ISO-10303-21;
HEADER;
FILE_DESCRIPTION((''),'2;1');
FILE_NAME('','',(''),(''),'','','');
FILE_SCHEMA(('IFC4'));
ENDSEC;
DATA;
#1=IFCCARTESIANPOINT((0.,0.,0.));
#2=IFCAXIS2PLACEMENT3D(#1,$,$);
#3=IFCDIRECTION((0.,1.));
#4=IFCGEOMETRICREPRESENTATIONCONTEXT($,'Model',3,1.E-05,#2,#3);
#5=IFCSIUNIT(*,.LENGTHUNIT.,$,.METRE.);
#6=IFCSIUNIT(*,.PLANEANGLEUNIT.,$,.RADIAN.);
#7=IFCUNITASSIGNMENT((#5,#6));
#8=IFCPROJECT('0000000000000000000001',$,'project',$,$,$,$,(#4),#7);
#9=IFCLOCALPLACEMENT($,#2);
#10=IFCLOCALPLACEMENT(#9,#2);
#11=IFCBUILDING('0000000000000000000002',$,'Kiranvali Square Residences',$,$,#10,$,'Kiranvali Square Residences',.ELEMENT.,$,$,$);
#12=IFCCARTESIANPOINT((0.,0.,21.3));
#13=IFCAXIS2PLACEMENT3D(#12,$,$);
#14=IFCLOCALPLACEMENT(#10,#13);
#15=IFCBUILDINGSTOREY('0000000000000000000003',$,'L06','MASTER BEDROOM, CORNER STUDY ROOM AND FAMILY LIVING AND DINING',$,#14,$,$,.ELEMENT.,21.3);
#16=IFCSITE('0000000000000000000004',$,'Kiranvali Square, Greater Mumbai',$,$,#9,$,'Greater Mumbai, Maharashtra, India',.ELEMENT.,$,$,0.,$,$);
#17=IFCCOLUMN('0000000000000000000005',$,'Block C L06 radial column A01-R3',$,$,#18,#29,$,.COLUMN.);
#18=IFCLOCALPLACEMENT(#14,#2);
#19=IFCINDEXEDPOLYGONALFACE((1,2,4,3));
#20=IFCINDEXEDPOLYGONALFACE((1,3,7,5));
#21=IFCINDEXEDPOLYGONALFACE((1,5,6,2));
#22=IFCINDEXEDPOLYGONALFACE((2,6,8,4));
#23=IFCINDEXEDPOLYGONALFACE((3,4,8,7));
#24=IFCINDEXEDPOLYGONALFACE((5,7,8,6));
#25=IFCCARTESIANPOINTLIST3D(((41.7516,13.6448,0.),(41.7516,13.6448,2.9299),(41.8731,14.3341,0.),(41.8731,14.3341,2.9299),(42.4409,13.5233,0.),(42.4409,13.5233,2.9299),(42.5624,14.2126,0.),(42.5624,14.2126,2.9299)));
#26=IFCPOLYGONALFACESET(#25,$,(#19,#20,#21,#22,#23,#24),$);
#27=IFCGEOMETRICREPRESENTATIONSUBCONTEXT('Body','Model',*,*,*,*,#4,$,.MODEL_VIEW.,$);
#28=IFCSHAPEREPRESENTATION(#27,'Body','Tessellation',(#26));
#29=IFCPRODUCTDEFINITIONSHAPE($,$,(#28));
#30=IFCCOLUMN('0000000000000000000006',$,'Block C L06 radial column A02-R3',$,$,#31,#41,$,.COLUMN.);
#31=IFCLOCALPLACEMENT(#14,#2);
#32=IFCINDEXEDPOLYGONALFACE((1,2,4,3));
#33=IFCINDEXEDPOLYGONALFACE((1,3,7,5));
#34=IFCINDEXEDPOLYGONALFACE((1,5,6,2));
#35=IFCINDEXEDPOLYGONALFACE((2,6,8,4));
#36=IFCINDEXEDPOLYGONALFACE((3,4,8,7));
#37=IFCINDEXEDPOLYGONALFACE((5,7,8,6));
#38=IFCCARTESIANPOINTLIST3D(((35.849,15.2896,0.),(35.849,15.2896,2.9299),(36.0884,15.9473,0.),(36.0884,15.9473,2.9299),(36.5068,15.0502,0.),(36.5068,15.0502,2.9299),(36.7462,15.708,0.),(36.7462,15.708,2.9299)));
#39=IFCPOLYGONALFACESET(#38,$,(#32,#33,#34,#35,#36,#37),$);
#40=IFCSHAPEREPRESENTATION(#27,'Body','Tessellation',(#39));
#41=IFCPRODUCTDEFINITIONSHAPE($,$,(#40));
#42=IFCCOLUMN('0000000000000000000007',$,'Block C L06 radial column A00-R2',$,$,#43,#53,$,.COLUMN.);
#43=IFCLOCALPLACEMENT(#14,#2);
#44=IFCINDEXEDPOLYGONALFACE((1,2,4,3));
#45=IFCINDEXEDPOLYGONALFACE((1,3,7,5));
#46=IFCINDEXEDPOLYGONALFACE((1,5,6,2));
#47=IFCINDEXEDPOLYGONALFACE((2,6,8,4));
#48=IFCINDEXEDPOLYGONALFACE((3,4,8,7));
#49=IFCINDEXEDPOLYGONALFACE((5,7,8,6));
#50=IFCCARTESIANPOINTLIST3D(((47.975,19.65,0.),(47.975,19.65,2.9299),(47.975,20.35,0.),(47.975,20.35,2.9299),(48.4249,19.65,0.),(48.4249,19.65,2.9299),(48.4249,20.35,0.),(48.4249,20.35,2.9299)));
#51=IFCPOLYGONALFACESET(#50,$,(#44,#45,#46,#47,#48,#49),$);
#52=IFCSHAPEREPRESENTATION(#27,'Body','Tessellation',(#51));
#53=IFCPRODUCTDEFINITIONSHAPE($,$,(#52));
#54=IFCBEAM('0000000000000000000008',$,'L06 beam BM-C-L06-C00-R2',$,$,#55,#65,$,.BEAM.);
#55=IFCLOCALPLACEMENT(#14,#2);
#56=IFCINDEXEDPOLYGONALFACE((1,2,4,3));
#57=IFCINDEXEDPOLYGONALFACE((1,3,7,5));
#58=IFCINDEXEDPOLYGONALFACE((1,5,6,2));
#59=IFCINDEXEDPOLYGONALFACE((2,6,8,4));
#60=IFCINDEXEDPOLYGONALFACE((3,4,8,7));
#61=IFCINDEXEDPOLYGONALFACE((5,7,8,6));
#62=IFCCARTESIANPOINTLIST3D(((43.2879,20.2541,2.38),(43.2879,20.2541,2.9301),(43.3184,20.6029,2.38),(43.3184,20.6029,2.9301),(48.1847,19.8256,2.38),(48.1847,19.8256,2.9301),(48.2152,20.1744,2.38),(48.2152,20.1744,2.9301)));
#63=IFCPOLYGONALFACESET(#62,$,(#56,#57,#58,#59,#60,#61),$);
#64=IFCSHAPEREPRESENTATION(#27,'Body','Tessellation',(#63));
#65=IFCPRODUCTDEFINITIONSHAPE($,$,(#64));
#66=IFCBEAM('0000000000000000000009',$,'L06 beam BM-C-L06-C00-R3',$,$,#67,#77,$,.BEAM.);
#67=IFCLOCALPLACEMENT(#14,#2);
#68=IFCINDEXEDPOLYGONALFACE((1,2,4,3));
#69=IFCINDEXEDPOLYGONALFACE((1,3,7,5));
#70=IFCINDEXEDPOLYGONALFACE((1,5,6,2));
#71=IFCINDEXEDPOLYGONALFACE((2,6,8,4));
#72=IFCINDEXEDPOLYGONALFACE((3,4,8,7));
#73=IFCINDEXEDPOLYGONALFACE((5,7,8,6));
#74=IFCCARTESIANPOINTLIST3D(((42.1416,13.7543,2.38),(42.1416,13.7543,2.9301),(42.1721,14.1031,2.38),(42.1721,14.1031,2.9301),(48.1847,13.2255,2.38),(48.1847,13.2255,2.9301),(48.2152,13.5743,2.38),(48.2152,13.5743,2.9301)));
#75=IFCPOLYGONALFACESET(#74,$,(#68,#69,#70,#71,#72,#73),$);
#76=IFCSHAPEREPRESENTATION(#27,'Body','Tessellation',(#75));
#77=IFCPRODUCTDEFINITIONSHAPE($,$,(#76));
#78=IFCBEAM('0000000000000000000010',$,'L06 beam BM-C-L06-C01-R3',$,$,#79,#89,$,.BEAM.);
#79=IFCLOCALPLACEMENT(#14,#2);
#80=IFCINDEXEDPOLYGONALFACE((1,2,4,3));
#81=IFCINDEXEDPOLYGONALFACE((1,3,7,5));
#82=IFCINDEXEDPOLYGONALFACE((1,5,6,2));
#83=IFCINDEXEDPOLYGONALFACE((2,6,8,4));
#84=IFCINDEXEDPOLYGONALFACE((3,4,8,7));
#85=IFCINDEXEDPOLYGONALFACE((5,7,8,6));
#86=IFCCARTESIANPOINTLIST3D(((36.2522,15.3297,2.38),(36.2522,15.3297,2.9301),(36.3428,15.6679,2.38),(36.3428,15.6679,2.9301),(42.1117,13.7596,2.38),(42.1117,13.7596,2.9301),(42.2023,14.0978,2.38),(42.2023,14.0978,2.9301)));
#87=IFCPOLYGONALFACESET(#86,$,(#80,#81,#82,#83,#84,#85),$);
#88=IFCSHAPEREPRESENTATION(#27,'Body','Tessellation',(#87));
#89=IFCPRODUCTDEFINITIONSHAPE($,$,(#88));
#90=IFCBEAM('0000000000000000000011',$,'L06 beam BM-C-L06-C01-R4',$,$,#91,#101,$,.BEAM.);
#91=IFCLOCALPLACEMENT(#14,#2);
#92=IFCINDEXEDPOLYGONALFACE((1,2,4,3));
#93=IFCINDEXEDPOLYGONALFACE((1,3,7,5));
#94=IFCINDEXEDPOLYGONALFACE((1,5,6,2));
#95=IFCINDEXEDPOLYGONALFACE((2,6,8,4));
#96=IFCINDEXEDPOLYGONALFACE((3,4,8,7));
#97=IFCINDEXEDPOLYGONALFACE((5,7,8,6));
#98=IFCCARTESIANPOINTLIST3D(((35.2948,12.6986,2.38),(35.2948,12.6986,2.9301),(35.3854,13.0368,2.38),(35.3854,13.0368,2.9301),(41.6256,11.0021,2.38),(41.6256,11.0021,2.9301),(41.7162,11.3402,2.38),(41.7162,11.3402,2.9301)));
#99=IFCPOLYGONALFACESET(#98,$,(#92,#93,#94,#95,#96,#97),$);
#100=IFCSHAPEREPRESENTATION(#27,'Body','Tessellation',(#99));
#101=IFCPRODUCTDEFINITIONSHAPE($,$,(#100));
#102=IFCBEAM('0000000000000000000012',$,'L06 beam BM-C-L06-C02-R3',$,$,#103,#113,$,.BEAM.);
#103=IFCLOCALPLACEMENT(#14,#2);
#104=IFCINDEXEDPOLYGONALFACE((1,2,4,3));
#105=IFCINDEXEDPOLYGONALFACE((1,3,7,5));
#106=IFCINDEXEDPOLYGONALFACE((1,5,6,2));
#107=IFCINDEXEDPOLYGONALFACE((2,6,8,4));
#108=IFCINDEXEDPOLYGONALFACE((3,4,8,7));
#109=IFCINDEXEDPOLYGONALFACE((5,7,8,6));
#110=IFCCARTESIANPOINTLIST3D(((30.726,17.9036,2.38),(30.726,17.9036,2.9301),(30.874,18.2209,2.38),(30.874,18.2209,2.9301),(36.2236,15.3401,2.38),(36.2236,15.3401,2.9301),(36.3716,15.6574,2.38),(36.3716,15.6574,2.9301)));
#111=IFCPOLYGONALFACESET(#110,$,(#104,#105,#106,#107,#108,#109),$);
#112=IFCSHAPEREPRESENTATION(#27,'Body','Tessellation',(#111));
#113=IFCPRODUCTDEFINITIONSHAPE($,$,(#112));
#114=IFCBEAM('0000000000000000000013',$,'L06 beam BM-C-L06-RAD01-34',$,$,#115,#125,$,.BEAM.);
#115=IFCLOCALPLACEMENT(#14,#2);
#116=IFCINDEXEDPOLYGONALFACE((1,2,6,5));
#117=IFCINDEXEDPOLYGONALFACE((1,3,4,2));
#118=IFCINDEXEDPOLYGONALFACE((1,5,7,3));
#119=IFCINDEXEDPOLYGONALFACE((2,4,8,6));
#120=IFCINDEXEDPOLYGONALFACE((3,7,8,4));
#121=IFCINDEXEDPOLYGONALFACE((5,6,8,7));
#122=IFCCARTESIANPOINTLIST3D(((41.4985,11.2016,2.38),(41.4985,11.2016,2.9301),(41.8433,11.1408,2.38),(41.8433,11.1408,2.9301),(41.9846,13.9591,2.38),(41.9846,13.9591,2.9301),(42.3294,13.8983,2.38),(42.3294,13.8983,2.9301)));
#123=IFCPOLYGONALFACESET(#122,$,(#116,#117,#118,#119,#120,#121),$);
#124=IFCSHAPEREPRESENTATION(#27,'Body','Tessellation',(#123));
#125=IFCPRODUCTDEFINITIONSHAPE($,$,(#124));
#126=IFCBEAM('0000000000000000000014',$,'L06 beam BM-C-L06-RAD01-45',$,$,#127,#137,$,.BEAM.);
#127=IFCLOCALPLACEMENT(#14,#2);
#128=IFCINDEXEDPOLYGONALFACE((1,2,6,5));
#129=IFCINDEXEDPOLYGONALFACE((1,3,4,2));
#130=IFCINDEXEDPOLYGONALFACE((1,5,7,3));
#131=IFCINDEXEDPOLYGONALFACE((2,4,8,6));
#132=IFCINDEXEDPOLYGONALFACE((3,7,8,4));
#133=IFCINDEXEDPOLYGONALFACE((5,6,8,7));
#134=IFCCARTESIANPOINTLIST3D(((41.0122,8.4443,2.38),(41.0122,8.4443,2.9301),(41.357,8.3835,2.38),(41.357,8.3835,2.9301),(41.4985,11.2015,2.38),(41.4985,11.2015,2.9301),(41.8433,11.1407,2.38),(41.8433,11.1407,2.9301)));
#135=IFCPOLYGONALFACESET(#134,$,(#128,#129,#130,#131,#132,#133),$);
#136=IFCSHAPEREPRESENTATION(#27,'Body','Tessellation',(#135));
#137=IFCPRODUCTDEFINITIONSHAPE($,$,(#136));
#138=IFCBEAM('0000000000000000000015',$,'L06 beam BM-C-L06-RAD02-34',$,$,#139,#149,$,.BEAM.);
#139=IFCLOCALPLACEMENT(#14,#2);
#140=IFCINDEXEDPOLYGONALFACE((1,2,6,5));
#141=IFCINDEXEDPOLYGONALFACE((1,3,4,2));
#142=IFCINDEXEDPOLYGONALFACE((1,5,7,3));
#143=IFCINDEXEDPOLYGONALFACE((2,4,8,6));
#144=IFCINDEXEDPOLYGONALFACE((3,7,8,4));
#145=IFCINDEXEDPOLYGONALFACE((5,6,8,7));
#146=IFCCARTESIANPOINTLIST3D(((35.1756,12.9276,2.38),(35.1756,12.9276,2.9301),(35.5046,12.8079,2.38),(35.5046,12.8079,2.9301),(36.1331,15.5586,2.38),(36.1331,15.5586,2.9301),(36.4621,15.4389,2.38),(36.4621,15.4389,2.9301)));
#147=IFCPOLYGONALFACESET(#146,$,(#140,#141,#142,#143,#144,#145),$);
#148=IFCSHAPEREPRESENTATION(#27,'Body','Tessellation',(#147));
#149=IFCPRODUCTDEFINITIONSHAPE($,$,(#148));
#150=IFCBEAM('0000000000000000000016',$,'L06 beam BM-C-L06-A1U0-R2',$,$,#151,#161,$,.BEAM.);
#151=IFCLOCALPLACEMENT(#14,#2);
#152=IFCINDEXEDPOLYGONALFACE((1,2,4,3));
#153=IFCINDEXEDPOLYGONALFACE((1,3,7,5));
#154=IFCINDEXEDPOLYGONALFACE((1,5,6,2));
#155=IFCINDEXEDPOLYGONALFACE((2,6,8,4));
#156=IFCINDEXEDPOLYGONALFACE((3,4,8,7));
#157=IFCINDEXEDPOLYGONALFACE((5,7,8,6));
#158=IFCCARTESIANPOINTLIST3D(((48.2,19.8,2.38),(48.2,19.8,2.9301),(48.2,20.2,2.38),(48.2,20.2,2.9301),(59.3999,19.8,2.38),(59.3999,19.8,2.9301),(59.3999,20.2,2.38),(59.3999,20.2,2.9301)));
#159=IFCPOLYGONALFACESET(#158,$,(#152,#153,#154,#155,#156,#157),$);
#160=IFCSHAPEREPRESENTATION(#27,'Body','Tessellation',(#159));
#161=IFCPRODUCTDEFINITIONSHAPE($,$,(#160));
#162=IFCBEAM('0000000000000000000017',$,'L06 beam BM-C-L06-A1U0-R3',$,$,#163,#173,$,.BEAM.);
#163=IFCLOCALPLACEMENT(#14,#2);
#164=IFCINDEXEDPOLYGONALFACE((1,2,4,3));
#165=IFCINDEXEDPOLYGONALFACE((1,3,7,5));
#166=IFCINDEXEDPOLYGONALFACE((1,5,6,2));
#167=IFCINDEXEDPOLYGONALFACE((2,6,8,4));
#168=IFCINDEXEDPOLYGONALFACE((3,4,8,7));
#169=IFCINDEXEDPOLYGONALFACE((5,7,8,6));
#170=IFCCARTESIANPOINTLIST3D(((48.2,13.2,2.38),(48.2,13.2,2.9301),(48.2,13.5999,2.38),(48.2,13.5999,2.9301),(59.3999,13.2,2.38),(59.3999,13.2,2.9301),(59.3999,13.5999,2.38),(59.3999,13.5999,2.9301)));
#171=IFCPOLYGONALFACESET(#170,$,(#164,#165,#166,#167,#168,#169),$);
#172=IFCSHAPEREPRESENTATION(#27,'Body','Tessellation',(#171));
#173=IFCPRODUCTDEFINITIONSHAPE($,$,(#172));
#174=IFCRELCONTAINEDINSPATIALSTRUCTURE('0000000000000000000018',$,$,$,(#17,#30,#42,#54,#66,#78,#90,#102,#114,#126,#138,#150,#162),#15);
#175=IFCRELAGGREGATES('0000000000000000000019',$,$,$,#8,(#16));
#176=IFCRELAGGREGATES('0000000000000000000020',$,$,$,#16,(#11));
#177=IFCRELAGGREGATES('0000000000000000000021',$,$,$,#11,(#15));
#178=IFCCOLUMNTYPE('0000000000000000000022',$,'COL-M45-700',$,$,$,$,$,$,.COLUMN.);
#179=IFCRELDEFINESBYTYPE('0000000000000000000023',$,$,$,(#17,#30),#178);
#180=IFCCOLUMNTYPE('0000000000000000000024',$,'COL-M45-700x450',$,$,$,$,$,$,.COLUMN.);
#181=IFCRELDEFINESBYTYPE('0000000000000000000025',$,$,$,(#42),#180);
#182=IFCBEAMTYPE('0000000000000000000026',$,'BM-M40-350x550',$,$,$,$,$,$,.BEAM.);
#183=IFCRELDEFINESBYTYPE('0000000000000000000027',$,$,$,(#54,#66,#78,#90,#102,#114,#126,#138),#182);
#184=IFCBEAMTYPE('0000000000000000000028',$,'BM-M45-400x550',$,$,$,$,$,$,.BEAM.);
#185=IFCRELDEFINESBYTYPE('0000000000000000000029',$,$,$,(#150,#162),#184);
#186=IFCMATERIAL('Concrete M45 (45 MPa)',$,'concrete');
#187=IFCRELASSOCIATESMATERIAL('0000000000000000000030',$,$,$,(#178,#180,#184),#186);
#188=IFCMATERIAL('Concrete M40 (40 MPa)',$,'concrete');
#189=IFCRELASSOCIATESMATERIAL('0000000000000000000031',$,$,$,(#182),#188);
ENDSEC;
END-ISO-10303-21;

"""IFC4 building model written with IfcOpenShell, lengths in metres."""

from ifc_helpers import new_model, si_unit, direction, frame, origin, origin_2d, place, context, subcontext, project, spatial, rectangle, extrude, material, material_profile, profile_set, type_object, element, save


model = new_model("IFC4")

# Units and contexts
model_context = context("Model", 3, precision=1e-05, world=origin(), true_north=direction((0.0, 1.0)))
body_context = subcontext(model_context, "Body", "Model", "MODEL_VIEW")
ifc_project = project(units=[si_unit("LENGTHUNIT", "METRE"), si_unit("PLANEANGLEUNIT", "RADIAN")], contexts=[model_context])

# Site, building, storey
site_placement = place(None, origin())
site = spatial("IfcSite", under=ifc_project, at=site_placement, Name="Kiranvali Square, Greater Mumbai", LongName="Greater Mumbai, Maharashtra, India", CompositionType="ELEMENT", RefElevation=0.0)
building_placement = place(site_placement, origin())
building = spatial("IfcBuilding", under=site, at=building_placement, Name="Kiranvali Square Residences", LongName="Kiranvali Square Residences", CompositionType="ELEMENT")
storey_placement = place(building_placement, frame((0.0, 0.0, 21.3)))
storey = spatial("IfcBuildingStorey", under=building, at=storey_placement, Name="L06", Description="MASTER BEDROOM, CORNER STUDY ROOM AND FAMILY LIVING AND DINING", CompositionType="ELEMENT", Elevation=21.3)

# Columns
ifc_material_1 = material(Name="Concrete M45 (45 MPa)", Category="concrete")
ifc_material_profile_1 = material_profile(ifc_material_1, rectangle(XDim=0.7, YDim=0.7, at=origin_2d()), Name="RC 700x700")
ifc_profile_set_1 = profile_set([ifc_material_profile_1], Name="Concrete M45 (45 MPa)")
column_type_1 = type_object("IfcColumnType", Name="COL-M45-700", PredefinedType="COLUMN", material=ifc_profile_set_1)
for number, where, z_axis, x_axis, name in (
    (1, (42.157, 13.9287, 0.0), (0.0, 0.0, 1.0), (-0.984808, 0.173648, 0.0), "Block C L06 radial column A01-R3"),
    (2, (36.2976, 15.4988, 0.0), (0.0, 0.0, 1.0), (-0.939693, 0.34202, 0.0), "Block C L06 radial column A02-R3"),
):
    element("IfcColumn", number, at=place(storey_placement, frame(where, z_axis=z_axis, x_axis=x_axis)), inside=storey, type_object=column_type_1, Name=name, PredefinedType="COLUMN", context=body_context, shape_type="SweptSolid", body=[
        extrude(rectangle(XDim=0.7, YDim=0.7, at=origin_2d()), origin(), (0.0, 0.0, 1.0), 2.9299),
    ])
ifc_material_profile_2 = material_profile(ifc_material_1, rectangle(XDim=0.45, YDim=0.7, at=origin_2d()), Name="RC 700x450")
ifc_profile_set_2 = profile_set([ifc_material_profile_2], Name="Concrete M45 (45 MPa)")
column_type_2 = type_object("IfcColumnType", Name="COL-M45-700x450", PredefinedType="COLUMN", material=ifc_profile_set_2)
column_placement = place(storey_placement, frame((48.2, 20.0, 0.0), z_axis=(0.0, 0.0, 1.0), x_axis=(1.0, 0.0, 0.0)))
element("IfcColumn", 3, at=column_placement, inside=storey, type_object=column_type_2, Name="Block C L06 radial column A00-R2", PredefinedType="COLUMN", context=body_context, shape_type="SweptSolid", body=[
    extrude(rectangle(XDim=0.45, YDim=0.7, at=origin_2d()), origin(), (0.0, 0.0, 1.0), 2.9299),
])

# Beams
ifc_material_2 = material(Name="Concrete M40 (40 MPa)", Category="concrete")
ifc_material_profile_3 = material_profile(ifc_material_2, rectangle(XDim=0.3501, YDim=0.55, at=origin_2d()), Name="RC 350x550")
ifc_profile_set_3 = profile_set([ifc_material_profile_3], Name="Concrete M40 (40 MPa)")
beam_type_1 = type_object("IfcBeamType", Name="BM-M40-350x550", PredefinedType="BEAM", material=ifc_profile_set_3)
beam_1_placement = place(storey_placement, frame((48.2, 20.0, 2.655), z_axis=(-0.996194, 0.087168, 0.0), x_axis=(-0.087168, -0.996194, 0.0)))
element("IfcBeam", 4, at=beam_1_placement, inside=storey, type_object=beam_type_1, Name="L06 beam BM-C-L06-C00-R2", PredefinedType="BEAM", context=body_context, shape_type="SweptSolid", body=[
    extrude(rectangle(XDim=0.3501, YDim=0.55, at=origin_2d()), origin(), (0.0, 0.0, 1.0), 4.9155),
])
for number, where, z_axis, x_axis, name in (
    (5, (48.2, 13.3999, 2.655), (-0.996193, 0.087175, 0.0), (-0.087175, -0.996193, 0.0), "L06 beam BM-C-L06-C00-R3"),
    (6, (42.157, 13.9287, 2.655), (-0.965924, 0.258827, 0.0), (-0.258827, -0.965924, 0.0), "L06 beam BM-C-L06-C01-R3"),
):
    element("IfcBeam", number, at=place(storey_placement, frame(where, z_axis=z_axis, x_axis=x_axis)), inside=storey, type_object=beam_type_1, Name=name, PredefinedType="BEAM", context=body_context, shape_type="SweptSolid", body=[
        extrude(rectangle(XDim=0.3501, YDim=0.55, at=origin_2d()), origin(), (0.0, 0.0, 1.0), 6.0662),
    ])
beam_2_placement = place(storey_placement, frame((41.6709, 11.1711, 2.655), z_axis=(-0.965918, 0.258847, 0.0), x_axis=(-0.258847, -0.965918, 0.0)))
element("IfcBeam", 7, at=beam_2_placement, inside=storey, type_object=beam_type_1, Name="L06 beam BM-C-L06-C01-R4", PredefinedType="BEAM", context=body_context, shape_type="SweptSolid", body=[
    extrude(rectangle(XDim=0.3501, YDim=0.55, at=origin_2d()), origin(), (0.0, 0.0, 1.0), 6.5542),
])
beam_3_placement = place(storey_placement, frame((36.2976, 15.4988, 2.655), z_axis=(-0.906313, 0.422608, 0.0), x_axis=(-0.422608, -0.906313, 0.0)))
element("IfcBeam", 8, at=beam_3_placement, inside=storey, type_object=beam_type_1, Name="L06 beam BM-C-L06-C02-R3", PredefinedType="BEAM", context=body_context, shape_type="SweptSolid", body=[
    extrude(rectangle(XDim=0.3501, YDim=0.55, at=origin_2d()), origin(), (0.0, 0.0, 1.0), 6.0659),
])
beam_4_placement = place(storey_placement, frame((42.157, 13.9287, 2.655), z_axis=(-0.173596, -0.984817, 0.0), x_axis=(0.984817, -0.173596, 0.0)))
element("IfcBeam", 9, at=beam_4_placement, inside=storey, type_object=beam_type_1, Name="L06 beam BM-C-L06-RAD01-34", PredefinedType="BEAM", context=body_context, shape_type="SweptSolid", body=[
    extrude(rectangle(XDim=0.3501, YDim=0.55, at=origin_2d()), origin(), (0.0, 0.0, 1.0), 2.8),
])
for number, where, z_axis, x_axis, name in (
    (10, (41.6709, 11.1711, 2.655), (-0.173696, -0.984799, 0.0), (0.984799, -0.173696, 0.0), "L06 beam BM-C-L06-RAD01-45"),
    (11, (36.2976, 15.4988, 2.655), (-0.341981, -0.939707, 0.0), (0.939707, -0.341981, 0.0), "L06 beam BM-C-L06-RAD02-34"),
):
    element("IfcBeam", number, at=place(storey_placement, frame(where, z_axis=z_axis, x_axis=x_axis)), inside=storey, type_object=beam_type_1, Name=name, PredefinedType="BEAM", context=body_context, shape_type="SweptSolid", body=[
        extrude(rectangle(XDim=0.3501, YDim=0.55, at=origin_2d()), origin(), (0.0, 0.0, 1.0), 2.7998),
    ])
ifc_material_profile_4 = material_profile(ifc_material_1, rectangle(XDim=0.3999, YDim=0.55, at=origin_2d()), Name="RC 400x550")
ifc_profile_set_4 = profile_set([ifc_material_profile_4], Name="Concrete M45 (45 MPa)")
beam_type_2 = type_object("IfcBeamType", Name="BM-M45-400x550", PredefinedType="BEAM", material=ifc_profile_set_4)
for number, where, z_axis, x_axis, name in (
    (12, (48.2, 20.0, 2.655), (1.0, 0.0, 0.0), (0.0, 1.0, 0.0), "L06 beam BM-C-L06-A1U0-R2"),
    (13, (48.2, 13.3999, 2.655), (1.0, 0.0, 0.0), (0.0, 1.0, 0.0), "L06 beam BM-C-L06-A1U0-R3"),
):
    element("IfcBeam", number, at=place(storey_placement, frame(where, z_axis=z_axis, x_axis=x_axis)), inside=storey, type_object=beam_type_2, Name=name, PredefinedType="BEAM", context=body_context, shape_type="SweptSolid", body=[
        extrude(rectangle(XDim=0.3999, YDim=0.55, at=origin_2d()), origin(), (0.0, 0.0, 1.0), 11.2),
    ])

save(model, "model.ifc")
